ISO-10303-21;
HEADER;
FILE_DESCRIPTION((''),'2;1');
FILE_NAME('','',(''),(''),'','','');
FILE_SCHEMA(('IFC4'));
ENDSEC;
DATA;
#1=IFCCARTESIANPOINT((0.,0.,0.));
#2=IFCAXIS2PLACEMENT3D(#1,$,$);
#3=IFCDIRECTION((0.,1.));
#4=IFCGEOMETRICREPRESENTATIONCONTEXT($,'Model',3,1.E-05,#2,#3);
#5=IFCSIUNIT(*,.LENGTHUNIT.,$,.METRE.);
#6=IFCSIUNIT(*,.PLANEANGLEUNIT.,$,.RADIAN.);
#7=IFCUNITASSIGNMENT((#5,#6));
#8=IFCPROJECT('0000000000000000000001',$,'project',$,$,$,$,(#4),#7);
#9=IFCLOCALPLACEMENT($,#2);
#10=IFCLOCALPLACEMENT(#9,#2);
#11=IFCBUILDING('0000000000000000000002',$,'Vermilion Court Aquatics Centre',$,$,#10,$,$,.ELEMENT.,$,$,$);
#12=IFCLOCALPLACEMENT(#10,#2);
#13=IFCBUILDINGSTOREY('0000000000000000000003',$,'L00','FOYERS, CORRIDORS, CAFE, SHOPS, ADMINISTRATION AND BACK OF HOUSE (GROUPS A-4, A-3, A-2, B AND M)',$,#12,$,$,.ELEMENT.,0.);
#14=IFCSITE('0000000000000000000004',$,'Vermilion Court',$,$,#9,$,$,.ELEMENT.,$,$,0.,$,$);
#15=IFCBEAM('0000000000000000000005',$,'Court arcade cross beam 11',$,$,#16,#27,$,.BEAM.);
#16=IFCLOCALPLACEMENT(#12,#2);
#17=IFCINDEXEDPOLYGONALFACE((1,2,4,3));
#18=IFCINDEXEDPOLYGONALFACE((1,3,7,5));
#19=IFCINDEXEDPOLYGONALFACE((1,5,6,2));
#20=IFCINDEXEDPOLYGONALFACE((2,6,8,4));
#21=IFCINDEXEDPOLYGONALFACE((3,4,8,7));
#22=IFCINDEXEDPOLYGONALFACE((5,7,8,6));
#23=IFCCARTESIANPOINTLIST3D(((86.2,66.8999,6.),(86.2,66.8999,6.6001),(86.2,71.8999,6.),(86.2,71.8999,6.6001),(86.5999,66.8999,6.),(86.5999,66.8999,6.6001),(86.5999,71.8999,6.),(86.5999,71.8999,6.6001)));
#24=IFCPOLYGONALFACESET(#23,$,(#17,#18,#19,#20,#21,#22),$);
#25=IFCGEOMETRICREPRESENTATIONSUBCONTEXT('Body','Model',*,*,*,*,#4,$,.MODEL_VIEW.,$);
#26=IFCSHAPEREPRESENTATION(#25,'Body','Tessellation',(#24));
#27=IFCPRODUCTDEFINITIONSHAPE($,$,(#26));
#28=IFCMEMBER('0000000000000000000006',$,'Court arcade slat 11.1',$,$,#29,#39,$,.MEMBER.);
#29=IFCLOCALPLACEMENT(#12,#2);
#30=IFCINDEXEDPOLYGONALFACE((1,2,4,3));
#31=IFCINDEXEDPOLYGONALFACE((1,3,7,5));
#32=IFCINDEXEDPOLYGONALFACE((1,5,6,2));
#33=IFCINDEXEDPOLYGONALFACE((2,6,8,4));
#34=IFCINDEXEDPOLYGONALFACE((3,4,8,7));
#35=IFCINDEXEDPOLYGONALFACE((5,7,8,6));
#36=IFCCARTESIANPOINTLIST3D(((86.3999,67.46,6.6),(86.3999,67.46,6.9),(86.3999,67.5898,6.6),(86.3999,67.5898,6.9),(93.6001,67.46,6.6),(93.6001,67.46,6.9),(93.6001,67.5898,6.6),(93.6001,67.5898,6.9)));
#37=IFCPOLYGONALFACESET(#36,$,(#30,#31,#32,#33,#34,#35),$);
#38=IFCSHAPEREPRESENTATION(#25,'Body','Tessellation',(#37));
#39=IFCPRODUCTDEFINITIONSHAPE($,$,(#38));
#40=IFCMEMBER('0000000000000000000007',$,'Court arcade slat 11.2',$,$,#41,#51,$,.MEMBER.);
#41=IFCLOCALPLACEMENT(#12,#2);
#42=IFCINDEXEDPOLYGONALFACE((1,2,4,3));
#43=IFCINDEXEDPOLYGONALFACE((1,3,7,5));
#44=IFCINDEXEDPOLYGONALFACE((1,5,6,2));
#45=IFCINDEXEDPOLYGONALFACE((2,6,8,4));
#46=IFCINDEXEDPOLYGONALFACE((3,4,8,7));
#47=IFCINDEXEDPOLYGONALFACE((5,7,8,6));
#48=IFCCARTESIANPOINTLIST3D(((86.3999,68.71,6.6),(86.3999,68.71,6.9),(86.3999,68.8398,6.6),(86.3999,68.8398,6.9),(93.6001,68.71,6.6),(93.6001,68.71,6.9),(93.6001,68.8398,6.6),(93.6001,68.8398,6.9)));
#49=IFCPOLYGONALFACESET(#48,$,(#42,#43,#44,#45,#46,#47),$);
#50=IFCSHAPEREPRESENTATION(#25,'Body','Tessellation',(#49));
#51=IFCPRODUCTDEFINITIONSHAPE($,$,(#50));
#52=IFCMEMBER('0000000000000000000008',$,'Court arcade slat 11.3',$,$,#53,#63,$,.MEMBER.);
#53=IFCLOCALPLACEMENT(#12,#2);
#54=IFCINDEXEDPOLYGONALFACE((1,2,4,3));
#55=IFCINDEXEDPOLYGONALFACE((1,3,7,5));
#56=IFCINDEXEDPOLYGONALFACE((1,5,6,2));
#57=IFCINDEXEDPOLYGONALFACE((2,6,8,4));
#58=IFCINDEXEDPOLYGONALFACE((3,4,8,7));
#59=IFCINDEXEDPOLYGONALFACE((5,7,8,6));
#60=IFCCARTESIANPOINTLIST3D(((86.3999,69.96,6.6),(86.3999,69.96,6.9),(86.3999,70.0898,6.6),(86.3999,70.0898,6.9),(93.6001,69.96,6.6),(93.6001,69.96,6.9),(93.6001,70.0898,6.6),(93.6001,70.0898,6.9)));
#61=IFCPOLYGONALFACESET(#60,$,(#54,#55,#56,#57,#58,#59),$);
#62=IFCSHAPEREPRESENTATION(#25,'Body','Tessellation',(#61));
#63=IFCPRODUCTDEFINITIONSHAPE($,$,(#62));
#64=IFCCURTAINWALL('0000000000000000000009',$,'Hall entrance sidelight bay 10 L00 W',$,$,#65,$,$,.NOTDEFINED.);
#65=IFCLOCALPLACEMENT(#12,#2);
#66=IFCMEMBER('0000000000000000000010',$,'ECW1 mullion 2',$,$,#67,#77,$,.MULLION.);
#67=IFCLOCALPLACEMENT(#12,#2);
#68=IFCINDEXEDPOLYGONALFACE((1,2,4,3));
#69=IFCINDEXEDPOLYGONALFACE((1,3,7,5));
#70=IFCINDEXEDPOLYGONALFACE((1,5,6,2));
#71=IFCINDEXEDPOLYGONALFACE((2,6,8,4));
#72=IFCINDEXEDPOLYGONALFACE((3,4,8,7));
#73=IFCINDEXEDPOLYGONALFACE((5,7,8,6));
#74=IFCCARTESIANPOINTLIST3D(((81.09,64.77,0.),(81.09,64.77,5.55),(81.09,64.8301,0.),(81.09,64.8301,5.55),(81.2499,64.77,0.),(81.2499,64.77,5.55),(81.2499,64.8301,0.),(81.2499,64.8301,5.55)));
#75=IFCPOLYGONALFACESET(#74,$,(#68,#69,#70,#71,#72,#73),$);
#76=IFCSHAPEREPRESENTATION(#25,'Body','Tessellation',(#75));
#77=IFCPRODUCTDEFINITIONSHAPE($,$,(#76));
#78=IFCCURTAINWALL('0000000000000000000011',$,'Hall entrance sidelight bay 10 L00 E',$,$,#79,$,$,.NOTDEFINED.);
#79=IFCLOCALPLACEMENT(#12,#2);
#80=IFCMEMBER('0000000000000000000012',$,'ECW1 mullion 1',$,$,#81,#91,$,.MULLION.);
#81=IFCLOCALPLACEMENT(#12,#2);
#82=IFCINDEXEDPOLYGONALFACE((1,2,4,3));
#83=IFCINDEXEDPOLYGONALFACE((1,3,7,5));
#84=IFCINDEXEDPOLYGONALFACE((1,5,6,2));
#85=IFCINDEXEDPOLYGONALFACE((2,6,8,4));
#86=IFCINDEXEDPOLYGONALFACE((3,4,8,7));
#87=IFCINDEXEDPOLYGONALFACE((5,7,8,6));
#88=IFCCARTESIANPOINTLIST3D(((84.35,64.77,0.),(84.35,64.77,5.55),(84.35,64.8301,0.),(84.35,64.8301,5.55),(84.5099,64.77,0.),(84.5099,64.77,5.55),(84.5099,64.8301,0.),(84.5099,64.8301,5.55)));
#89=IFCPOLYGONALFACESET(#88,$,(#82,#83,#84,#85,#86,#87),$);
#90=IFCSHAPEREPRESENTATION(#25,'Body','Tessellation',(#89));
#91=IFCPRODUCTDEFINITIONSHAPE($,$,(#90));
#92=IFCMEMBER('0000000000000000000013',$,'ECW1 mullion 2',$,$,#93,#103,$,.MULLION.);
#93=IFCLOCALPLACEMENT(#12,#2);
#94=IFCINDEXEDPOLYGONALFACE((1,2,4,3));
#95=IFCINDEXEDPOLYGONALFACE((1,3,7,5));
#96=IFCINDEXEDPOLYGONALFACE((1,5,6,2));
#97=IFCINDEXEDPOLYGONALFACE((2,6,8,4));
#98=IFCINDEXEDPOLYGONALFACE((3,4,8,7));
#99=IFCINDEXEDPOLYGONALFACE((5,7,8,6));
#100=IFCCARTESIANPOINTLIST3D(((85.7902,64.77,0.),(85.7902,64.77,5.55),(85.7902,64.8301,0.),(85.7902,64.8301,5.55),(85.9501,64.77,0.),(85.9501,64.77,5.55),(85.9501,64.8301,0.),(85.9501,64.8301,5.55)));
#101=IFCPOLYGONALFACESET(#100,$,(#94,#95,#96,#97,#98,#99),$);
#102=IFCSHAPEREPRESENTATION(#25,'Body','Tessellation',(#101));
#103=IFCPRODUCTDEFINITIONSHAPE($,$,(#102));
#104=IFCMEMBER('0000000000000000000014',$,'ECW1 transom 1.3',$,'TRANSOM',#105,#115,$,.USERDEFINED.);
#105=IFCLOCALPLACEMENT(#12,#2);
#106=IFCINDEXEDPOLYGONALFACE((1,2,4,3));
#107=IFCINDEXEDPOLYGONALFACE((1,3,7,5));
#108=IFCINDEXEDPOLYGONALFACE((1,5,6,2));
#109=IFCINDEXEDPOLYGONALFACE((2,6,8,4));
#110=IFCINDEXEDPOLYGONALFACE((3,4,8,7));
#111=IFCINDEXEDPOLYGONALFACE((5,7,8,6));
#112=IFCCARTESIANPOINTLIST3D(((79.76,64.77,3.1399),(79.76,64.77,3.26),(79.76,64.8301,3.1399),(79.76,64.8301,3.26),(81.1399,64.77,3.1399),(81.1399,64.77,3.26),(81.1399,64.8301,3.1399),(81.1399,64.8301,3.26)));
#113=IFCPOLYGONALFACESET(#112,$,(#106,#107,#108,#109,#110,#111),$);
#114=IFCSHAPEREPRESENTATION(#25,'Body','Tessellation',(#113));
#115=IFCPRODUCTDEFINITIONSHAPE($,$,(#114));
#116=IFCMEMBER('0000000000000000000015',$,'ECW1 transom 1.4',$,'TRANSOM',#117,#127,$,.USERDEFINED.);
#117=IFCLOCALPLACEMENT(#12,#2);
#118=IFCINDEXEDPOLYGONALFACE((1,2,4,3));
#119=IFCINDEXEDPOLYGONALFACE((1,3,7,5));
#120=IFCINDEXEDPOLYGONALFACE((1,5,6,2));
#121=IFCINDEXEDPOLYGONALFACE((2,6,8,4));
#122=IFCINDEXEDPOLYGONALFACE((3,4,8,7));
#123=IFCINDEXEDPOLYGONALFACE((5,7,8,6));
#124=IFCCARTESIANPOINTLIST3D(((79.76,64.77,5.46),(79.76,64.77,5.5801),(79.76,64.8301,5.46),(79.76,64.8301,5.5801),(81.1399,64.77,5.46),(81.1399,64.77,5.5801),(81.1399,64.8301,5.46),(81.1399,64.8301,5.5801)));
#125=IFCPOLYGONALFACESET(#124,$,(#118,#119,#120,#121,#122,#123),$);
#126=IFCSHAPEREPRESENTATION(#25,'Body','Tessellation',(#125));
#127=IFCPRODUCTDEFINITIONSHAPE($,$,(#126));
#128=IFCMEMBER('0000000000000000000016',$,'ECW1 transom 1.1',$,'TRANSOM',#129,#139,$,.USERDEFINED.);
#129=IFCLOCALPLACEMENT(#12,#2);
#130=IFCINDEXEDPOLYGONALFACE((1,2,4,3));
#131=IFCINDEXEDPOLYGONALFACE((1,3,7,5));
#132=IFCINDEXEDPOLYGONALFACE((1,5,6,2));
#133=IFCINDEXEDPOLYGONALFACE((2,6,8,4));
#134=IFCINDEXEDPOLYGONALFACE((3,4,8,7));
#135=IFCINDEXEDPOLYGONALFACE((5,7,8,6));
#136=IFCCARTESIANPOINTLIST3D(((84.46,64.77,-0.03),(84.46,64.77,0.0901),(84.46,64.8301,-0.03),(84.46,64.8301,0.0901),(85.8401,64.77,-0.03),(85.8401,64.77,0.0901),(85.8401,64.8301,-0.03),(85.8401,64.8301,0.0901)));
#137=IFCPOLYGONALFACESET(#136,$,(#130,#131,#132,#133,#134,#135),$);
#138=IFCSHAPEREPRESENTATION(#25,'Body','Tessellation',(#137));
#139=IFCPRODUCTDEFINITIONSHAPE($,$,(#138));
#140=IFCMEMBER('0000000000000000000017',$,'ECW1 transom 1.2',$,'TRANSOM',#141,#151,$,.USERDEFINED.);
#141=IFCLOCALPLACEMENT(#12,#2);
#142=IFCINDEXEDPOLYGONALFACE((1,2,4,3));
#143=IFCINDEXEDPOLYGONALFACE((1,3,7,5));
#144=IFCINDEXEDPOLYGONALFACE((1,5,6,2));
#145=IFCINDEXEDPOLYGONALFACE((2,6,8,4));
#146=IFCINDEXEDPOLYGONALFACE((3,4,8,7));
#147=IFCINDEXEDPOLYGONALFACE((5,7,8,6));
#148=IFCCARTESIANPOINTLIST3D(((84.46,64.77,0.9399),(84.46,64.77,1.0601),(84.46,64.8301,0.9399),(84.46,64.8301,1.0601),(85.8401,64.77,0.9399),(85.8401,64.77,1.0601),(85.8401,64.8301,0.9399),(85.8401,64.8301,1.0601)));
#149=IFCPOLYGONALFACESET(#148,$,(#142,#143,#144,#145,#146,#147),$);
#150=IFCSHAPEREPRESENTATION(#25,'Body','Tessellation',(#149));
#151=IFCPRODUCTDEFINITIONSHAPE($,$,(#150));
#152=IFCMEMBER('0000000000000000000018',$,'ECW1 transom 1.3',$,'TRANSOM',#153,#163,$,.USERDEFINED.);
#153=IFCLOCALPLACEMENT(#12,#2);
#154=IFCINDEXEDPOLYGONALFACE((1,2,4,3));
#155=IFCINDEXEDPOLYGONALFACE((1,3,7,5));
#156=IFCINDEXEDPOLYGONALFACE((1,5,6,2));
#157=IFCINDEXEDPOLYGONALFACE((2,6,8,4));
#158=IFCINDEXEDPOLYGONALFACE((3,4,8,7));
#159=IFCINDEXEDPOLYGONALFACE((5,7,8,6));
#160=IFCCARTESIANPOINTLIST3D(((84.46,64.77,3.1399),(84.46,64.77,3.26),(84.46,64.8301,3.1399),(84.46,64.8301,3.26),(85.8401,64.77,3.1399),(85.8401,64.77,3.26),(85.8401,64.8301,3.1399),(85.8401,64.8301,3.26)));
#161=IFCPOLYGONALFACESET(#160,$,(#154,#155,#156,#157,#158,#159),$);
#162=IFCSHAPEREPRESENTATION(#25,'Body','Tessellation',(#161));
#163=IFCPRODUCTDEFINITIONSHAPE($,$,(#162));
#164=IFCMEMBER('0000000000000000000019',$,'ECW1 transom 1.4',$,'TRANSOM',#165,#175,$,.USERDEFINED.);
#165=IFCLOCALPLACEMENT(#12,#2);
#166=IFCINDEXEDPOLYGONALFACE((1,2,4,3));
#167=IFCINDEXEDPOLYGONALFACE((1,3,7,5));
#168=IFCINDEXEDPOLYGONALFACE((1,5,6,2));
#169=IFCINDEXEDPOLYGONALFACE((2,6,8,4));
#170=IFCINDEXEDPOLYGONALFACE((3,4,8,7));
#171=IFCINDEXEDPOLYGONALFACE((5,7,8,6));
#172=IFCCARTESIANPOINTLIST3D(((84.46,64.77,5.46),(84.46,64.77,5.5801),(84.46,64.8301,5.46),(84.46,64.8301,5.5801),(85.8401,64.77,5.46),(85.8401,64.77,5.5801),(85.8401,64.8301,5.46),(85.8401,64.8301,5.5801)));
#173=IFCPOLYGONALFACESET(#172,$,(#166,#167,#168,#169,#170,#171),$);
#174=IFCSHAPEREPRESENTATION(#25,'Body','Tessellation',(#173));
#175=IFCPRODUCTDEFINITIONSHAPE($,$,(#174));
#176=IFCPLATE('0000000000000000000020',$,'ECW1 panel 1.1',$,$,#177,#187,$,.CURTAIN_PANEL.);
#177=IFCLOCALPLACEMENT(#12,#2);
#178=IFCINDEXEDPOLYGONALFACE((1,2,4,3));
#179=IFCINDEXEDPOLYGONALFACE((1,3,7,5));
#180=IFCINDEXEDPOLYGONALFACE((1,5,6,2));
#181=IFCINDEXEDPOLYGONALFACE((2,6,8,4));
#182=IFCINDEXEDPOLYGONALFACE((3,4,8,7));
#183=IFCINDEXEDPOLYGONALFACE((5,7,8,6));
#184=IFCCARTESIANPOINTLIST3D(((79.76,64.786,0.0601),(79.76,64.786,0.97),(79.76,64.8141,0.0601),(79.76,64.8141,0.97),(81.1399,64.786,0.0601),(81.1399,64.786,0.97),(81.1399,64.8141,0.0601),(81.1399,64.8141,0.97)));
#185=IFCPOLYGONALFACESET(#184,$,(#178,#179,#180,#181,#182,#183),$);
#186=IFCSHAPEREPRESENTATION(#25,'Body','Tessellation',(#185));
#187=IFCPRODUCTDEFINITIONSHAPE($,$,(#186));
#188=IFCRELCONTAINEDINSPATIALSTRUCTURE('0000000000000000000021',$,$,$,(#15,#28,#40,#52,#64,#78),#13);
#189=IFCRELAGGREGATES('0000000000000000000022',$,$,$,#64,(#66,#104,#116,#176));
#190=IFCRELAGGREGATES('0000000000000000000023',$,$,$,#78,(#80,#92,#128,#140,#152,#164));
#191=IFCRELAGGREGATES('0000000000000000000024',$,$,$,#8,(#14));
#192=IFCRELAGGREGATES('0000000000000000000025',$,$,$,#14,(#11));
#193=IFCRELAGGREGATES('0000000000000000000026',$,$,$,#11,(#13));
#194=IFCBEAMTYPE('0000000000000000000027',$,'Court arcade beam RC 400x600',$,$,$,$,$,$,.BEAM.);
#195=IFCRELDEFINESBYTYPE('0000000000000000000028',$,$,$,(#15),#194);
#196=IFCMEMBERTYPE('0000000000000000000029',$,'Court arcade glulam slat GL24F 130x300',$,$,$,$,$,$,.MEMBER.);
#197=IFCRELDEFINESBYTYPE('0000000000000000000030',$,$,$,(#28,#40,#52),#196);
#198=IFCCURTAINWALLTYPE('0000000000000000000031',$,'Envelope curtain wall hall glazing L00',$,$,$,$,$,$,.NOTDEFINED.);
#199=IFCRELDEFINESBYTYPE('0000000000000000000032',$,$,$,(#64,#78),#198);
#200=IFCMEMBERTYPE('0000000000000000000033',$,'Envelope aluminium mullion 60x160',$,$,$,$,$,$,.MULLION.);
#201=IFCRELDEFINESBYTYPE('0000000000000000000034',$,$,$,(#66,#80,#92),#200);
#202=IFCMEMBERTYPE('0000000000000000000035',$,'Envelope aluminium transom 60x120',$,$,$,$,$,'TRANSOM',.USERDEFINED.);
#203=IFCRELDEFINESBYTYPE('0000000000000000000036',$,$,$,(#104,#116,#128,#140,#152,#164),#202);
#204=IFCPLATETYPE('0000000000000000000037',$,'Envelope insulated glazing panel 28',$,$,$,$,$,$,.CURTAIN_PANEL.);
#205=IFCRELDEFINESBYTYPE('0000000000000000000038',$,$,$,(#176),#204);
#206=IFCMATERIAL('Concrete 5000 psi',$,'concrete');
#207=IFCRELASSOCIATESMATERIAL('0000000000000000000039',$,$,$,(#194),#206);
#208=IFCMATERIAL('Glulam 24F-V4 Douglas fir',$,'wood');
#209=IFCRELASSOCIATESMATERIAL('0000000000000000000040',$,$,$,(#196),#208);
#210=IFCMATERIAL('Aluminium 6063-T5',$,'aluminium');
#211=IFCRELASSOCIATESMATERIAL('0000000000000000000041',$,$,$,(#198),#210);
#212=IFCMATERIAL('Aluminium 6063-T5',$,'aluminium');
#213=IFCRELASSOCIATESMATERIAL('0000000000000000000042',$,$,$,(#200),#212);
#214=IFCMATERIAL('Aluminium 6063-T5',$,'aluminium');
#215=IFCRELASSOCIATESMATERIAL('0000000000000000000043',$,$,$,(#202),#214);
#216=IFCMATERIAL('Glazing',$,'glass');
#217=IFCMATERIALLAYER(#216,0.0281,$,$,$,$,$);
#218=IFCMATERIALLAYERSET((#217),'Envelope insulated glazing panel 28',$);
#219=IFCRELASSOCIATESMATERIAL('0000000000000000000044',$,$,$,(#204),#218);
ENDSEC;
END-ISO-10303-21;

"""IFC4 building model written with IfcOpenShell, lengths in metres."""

from ifc_helpers import new_model, si_unit, direction, frame, origin, origin_2d, place, context, subcontext, project, spatial, rectangle, extrude, material, layer, layer_set, material_profile, profile_set, type_object, element, aggregate, save


model = new_model("IFC4")

# Units and contexts
model_context = context("Model", 3, precision=1e-05, world=origin(), true_north=direction((0.0, 1.0)))
body_context = subcontext(model_context, "Body", "Model", "MODEL_VIEW")
ifc_project = project(units=[si_unit("LENGTHUNIT", "METRE"), si_unit("PLANEANGLEUNIT", "RADIAN")], contexts=[model_context])

# Site, building, storey
site_placement = place(None, origin())
site = spatial("IfcSite", under=ifc_project, at=site_placement, Name="Vermilion Court", CompositionType="ELEMENT", RefElevation=0.0)
building_placement = place(site_placement, origin())
building = spatial("IfcBuilding", under=site, at=building_placement, Name="Vermilion Court Aquatics Centre", CompositionType="ELEMENT")
storey_placement = place(building_placement, origin())
storey = spatial("IfcBuildingStorey", under=building, at=storey_placement, Name="L00", Description="FOYERS, CORRIDORS, CAFE, SHOPS, ADMINISTRATION AND BACK OF HOUSE (GROUPS A-4, A-3, A-2, B AND M)", CompositionType="ELEMENT", Elevation=0.0)

# Beam
ifc_material_1 = material(Name="Concrete 5000 psi", Category="concrete")
ifc_material_profile_1 = material_profile(ifc_material_1, rectangle(XDim=0.3999, YDim=0.6001, at=origin_2d()), Name="RC 400x600")
ifc_profile_set_1 = profile_set([ifc_material_profile_1], Name="Concrete 5000 psi")
beam_type = type_object("IfcBeamType", Name="Court arcade beam RC 400x600", PredefinedType="BEAM", material=ifc_profile_set_1)
beam_placement = place(storey_placement, frame((86.3999, 66.8999, 6.3), z_axis=(0.0, 1.0, 0.0), x_axis=(-1.0, 0.0, 0.0)))
element("IfcBeam", 1, at=beam_placement, inside=storey, type_object=beam_type, Name="Court arcade cross beam 11", PredefinedType="BEAM", context=body_context, shape_type="SweptSolid", body=[
    extrude(rectangle(XDim=0.3999, YDim=0.6001, at=origin_2d()), origin(), (0.0, 0.0, 1.0), 5.0),
])

# Members
ifc_material_2 = material(Name="Glulam 24F-V4 Douglas fir", Category="wood")
ifc_material_profile_2 = material_profile(ifc_material_2, rectangle(XDim=0.1299, YDim=0.3, at=origin_2d()), Name="GL24F 130x300")
ifc_profile_set_2 = profile_set([ifc_material_profile_2], Name="Glulam 24F-V4 Douglas fir")
member_type_1 = type_object("IfcMemberType", Name="Court arcade glulam slat GL24F 130x300", PredefinedType="MEMBER", material=ifc_profile_set_2)
for number, where, z_axis, x_axis, name in (
    (2, (86.3999, 67.5249, 6.75), (1.0, 0.0, 0.0), (0.0, 1.0, 0.0), "Court arcade slat 11.1"),
    (3, (86.3999, 68.7749, 6.75), (1.0, 0.0, 0.0), (0.0, 1.0, 0.0), "Court arcade slat 11.2"),
    (4, (86.3999, 70.0249, 6.75), (1.0, 0.0, 0.0), (0.0, 1.0, 0.0), "Court arcade slat 11.3"),
):
    element("IfcMember", number, at=place(storey_placement, frame(where, z_axis=z_axis, x_axis=x_axis)), inside=storey, type_object=member_type_1, Name=name, PredefinedType="MEMBER", context=body_context, shape_type="SweptSolid", body=[
        extrude(rectangle(XDim=0.1299, YDim=0.3, at=origin_2d()), origin(), (0.0, 0.0, 1.0), 7.2002),
    ])

# Curtain wall, member
ifc_material_3 = material(Name="Aluminium 6063-T5", Category="aluminium")
curtain_wall_type = type_object("IfcCurtainWallType", Name="Envelope curtain wall hall glazing L00", PredefinedType="NOTDEFINED", material=ifc_material_3)
curtain_wall_1_placement = place(storey_placement, origin())
curtain_wall_1 = element("IfcCurtainWall", 5, at=curtain_wall_1_placement, inside=storey, type_object=curtain_wall_type, Name="Hall entrance sidelight bay 10 L00 W", PredefinedType="NOTDEFINED")
ifc_material_4 = material(Name="Aluminium 6063-T5", Category="aluminium")
ifc_material_profile_3 = material_profile(ifc_material_4, rectangle(XDim=0.0601, YDim=0.1599, at=origin_2d()), Name="AL 60x160")
ifc_profile_set_3 = profile_set([ifc_material_profile_3], Name="Aluminium 6063-T5")
member_type_2 = type_object("IfcMemberType", Name="Envelope aluminium mullion 60x160", PredefinedType="MULLION", material=ifc_profile_set_3)
member_1_placement = place(storey_placement, frame((81.1699, 64.8, 0.0), z_axis=(0.0, 0.0, 1.0), x_axis=(0.0, 1.0, 0.0)))
member_1 = element("IfcMember", 6, at=member_1_placement, type_object=member_type_2, Name="ECW1 mullion 2", PredefinedType="MULLION", context=body_context, shape_type="SweptSolid", body=[
    extrude(rectangle(XDim=0.0601, YDim=0.1599, at=origin_2d()), origin(), (0.0, 0.0, 1.0), 5.55),
])

# Curtain wall, members
curtain_wall_2_placement = place(storey_placement, origin())
curtain_wall_2 = element("IfcCurtainWall", 7, at=curtain_wall_2_placement, inside=storey, type_object=curtain_wall_type, Name="Hall entrance sidelight bay 10 L00 E", PredefinedType="NOTDEFINED")
member_2_placement = place(storey_placement, frame((84.4299, 64.8, 0.0), z_axis=(0.0, 0.0, 1.0), x_axis=(0.0, 1.0, 0.0)))
member_2 = element("IfcMember", 8, at=member_2_placement, type_object=member_type_2, Name="ECW1 mullion 1", PredefinedType="MULLION", context=body_context, shape_type="SweptSolid", body=[
    extrude(rectangle(XDim=0.0601, YDim=0.1599, at=origin_2d()), origin(), (0.0, 0.0, 1.0), 5.55),
])
member_3_placement = place(storey_placement, frame((85.8701, 64.8, 0.0), z_axis=(0.0, 0.0, 1.0), x_axis=(0.0, 1.0, 0.0)))
member_3 = element("IfcMember", 9, at=member_3_placement, type_object=member_type_2, Name="ECW1 mullion 2", PredefinedType="MULLION", context=body_context, shape_type="SweptSolid", body=[
    extrude(rectangle(XDim=0.0601, YDim=0.1599, at=origin_2d()), origin(), (0.0, 0.0, 1.0), 5.55),
])

# Members
ifc_material_5 = material(Name="Aluminium 6063-T5", Category="aluminium")
ifc_material_profile_4 = material_profile(ifc_material_5, rectangle(XDim=0.0601, YDim=0.1201, at=origin_2d()), Name="AL 60x120")
ifc_profile_set_4 = profile_set([ifc_material_profile_4], Name="Aluminium 6063-T5")
member_type_3 = type_object("IfcMemberType", Name="Envelope aluminium transom 60x120", ElementType="TRANSOM", PredefinedType="USERDEFINED", material=ifc_profile_set_4)
member_4_placement = place(storey_placement, frame((79.76, 64.8, 3.2), z_axis=(1.0, 0.0, 0.0), x_axis=(0.0, 1.0, 0.0)))
member_4 = element("IfcMember", 10, at=member_4_placement, type_object=member_type_3, Name="ECW1 transom 1.3", ObjectType="TRANSOM", PredefinedType="USERDEFINED", context=body_context, shape_type="SweptSolid", body=[
    extrude(rectangle(XDim=0.0601, YDim=0.1201, at=origin_2d()), origin(), (0.0, 0.0, 1.0), 1.3799),
])
member_5_placement = place(storey_placement, frame((79.76, 64.8, 5.52), z_axis=(1.0, 0.0, 0.0), x_axis=(0.0, 1.0, 0.0)))
member_5 = element("IfcMember", 11, at=member_5_placement, type_object=member_type_3, Name="ECW1 transom 1.4", ObjectType="TRANSOM", PredefinedType="USERDEFINED", context=body_context, shape_type="SweptSolid", body=[
    extrude(rectangle(XDim=0.0601, YDim=0.1201, at=origin_2d()), origin(), (0.0, 0.0, 1.0), 1.3799),
])
member_6_placement = place(storey_placement, frame((84.46, 64.8, 0.03), z_axis=(1.0, 0.0, 0.0), x_axis=(0.0, 1.0, 0.0)))
member_6 = element("IfcMember", 12, at=member_6_placement, type_object=member_type_3, Name="ECW1 transom 1.1", ObjectType="TRANSOM", PredefinedType="USERDEFINED", context=body_context, shape_type="SweptSolid", body=[
    extrude(rectangle(XDim=0.0601, YDim=0.1201, at=origin_2d()), origin(), (0.0, 0.0, 1.0), 1.3801),
])
member_7_placement = place(storey_placement, frame((84.46, 64.8, 1.0), z_axis=(1.0, 0.0, 0.0), x_axis=(0.0, 1.0, 0.0)))
member_7 = element("IfcMember", 13, at=member_7_placement, type_object=member_type_3, Name="ECW1 transom 1.2", ObjectType="TRANSOM", PredefinedType="USERDEFINED", context=body_context, shape_type="SweptSolid", body=[
    extrude(rectangle(XDim=0.0601, YDim=0.1201, at=origin_2d()), origin(), (0.0, 0.0, 1.0), 1.3801),
])
member_8_placement = place(storey_placement, frame((84.46, 64.8, 3.2), z_axis=(1.0, 0.0, 0.0), x_axis=(0.0, 1.0, 0.0)))
member_8 = element("IfcMember", 14, at=member_8_placement, type_object=member_type_3, Name="ECW1 transom 1.3", ObjectType="TRANSOM", PredefinedType="USERDEFINED", context=body_context, shape_type="SweptSolid", body=[
    extrude(rectangle(XDim=0.0601, YDim=0.1201, at=origin_2d()), origin(), (0.0, 0.0, 1.0), 1.3801),
])
member_9_placement = place(storey_placement, frame((84.46, 64.8, 5.52), z_axis=(1.0, 0.0, 0.0), x_axis=(0.0, 1.0, 0.0)))
member_9 = element("IfcMember", 15, at=member_9_placement, type_object=member_type_3, Name="ECW1 transom 1.4", ObjectType="TRANSOM", PredefinedType="USERDEFINED", context=body_context, shape_type="SweptSolid", body=[
    extrude(rectangle(XDim=0.0601, YDim=0.1201, at=origin_2d()), origin(), (0.0, 0.0, 1.0), 1.3801),
])

# Plate
ifc_material_6 = material(Name="Glazing", Category="glass")
ifc_layer_1 = layer(ifc_material_6, 0.0281)
ifc_layer_set_1 = layer_set([ifc_layer_1], Name="Envelope insulated glazing panel 28")
plate_type = type_object("IfcPlateType", Name="Envelope insulated glazing panel 28", PredefinedType="CURTAIN_PANEL", material=ifc_layer_set_1)
plate_1_placement = place(storey_placement, frame((80.45, 64.8, 0.0601), z_axis=(0.0, 0.0, 1.0), x_axis=(1.0, 0.0, 0.0)))
plate_1 = element("IfcPlate", 16, at=plate_1_placement, type_object=plate_type, Name="ECW1 panel 1.1", PredefinedType="CURTAIN_PANEL", context=body_context, shape_type="SweptSolid", body=[
    extrude(rectangle(XDim=1.3799, YDim=0.0281, at=origin_2d()), origin(), (0.0, 0.0, 1.0), 0.9099),
])
aggregate(curtain_wall_1, [member_1, member_4, member_5, plate_1])
aggregate(curtain_wall_2, [member_2, member_3, member_6, member_7, member_8, member_9])

save(model, "model.ifc")
